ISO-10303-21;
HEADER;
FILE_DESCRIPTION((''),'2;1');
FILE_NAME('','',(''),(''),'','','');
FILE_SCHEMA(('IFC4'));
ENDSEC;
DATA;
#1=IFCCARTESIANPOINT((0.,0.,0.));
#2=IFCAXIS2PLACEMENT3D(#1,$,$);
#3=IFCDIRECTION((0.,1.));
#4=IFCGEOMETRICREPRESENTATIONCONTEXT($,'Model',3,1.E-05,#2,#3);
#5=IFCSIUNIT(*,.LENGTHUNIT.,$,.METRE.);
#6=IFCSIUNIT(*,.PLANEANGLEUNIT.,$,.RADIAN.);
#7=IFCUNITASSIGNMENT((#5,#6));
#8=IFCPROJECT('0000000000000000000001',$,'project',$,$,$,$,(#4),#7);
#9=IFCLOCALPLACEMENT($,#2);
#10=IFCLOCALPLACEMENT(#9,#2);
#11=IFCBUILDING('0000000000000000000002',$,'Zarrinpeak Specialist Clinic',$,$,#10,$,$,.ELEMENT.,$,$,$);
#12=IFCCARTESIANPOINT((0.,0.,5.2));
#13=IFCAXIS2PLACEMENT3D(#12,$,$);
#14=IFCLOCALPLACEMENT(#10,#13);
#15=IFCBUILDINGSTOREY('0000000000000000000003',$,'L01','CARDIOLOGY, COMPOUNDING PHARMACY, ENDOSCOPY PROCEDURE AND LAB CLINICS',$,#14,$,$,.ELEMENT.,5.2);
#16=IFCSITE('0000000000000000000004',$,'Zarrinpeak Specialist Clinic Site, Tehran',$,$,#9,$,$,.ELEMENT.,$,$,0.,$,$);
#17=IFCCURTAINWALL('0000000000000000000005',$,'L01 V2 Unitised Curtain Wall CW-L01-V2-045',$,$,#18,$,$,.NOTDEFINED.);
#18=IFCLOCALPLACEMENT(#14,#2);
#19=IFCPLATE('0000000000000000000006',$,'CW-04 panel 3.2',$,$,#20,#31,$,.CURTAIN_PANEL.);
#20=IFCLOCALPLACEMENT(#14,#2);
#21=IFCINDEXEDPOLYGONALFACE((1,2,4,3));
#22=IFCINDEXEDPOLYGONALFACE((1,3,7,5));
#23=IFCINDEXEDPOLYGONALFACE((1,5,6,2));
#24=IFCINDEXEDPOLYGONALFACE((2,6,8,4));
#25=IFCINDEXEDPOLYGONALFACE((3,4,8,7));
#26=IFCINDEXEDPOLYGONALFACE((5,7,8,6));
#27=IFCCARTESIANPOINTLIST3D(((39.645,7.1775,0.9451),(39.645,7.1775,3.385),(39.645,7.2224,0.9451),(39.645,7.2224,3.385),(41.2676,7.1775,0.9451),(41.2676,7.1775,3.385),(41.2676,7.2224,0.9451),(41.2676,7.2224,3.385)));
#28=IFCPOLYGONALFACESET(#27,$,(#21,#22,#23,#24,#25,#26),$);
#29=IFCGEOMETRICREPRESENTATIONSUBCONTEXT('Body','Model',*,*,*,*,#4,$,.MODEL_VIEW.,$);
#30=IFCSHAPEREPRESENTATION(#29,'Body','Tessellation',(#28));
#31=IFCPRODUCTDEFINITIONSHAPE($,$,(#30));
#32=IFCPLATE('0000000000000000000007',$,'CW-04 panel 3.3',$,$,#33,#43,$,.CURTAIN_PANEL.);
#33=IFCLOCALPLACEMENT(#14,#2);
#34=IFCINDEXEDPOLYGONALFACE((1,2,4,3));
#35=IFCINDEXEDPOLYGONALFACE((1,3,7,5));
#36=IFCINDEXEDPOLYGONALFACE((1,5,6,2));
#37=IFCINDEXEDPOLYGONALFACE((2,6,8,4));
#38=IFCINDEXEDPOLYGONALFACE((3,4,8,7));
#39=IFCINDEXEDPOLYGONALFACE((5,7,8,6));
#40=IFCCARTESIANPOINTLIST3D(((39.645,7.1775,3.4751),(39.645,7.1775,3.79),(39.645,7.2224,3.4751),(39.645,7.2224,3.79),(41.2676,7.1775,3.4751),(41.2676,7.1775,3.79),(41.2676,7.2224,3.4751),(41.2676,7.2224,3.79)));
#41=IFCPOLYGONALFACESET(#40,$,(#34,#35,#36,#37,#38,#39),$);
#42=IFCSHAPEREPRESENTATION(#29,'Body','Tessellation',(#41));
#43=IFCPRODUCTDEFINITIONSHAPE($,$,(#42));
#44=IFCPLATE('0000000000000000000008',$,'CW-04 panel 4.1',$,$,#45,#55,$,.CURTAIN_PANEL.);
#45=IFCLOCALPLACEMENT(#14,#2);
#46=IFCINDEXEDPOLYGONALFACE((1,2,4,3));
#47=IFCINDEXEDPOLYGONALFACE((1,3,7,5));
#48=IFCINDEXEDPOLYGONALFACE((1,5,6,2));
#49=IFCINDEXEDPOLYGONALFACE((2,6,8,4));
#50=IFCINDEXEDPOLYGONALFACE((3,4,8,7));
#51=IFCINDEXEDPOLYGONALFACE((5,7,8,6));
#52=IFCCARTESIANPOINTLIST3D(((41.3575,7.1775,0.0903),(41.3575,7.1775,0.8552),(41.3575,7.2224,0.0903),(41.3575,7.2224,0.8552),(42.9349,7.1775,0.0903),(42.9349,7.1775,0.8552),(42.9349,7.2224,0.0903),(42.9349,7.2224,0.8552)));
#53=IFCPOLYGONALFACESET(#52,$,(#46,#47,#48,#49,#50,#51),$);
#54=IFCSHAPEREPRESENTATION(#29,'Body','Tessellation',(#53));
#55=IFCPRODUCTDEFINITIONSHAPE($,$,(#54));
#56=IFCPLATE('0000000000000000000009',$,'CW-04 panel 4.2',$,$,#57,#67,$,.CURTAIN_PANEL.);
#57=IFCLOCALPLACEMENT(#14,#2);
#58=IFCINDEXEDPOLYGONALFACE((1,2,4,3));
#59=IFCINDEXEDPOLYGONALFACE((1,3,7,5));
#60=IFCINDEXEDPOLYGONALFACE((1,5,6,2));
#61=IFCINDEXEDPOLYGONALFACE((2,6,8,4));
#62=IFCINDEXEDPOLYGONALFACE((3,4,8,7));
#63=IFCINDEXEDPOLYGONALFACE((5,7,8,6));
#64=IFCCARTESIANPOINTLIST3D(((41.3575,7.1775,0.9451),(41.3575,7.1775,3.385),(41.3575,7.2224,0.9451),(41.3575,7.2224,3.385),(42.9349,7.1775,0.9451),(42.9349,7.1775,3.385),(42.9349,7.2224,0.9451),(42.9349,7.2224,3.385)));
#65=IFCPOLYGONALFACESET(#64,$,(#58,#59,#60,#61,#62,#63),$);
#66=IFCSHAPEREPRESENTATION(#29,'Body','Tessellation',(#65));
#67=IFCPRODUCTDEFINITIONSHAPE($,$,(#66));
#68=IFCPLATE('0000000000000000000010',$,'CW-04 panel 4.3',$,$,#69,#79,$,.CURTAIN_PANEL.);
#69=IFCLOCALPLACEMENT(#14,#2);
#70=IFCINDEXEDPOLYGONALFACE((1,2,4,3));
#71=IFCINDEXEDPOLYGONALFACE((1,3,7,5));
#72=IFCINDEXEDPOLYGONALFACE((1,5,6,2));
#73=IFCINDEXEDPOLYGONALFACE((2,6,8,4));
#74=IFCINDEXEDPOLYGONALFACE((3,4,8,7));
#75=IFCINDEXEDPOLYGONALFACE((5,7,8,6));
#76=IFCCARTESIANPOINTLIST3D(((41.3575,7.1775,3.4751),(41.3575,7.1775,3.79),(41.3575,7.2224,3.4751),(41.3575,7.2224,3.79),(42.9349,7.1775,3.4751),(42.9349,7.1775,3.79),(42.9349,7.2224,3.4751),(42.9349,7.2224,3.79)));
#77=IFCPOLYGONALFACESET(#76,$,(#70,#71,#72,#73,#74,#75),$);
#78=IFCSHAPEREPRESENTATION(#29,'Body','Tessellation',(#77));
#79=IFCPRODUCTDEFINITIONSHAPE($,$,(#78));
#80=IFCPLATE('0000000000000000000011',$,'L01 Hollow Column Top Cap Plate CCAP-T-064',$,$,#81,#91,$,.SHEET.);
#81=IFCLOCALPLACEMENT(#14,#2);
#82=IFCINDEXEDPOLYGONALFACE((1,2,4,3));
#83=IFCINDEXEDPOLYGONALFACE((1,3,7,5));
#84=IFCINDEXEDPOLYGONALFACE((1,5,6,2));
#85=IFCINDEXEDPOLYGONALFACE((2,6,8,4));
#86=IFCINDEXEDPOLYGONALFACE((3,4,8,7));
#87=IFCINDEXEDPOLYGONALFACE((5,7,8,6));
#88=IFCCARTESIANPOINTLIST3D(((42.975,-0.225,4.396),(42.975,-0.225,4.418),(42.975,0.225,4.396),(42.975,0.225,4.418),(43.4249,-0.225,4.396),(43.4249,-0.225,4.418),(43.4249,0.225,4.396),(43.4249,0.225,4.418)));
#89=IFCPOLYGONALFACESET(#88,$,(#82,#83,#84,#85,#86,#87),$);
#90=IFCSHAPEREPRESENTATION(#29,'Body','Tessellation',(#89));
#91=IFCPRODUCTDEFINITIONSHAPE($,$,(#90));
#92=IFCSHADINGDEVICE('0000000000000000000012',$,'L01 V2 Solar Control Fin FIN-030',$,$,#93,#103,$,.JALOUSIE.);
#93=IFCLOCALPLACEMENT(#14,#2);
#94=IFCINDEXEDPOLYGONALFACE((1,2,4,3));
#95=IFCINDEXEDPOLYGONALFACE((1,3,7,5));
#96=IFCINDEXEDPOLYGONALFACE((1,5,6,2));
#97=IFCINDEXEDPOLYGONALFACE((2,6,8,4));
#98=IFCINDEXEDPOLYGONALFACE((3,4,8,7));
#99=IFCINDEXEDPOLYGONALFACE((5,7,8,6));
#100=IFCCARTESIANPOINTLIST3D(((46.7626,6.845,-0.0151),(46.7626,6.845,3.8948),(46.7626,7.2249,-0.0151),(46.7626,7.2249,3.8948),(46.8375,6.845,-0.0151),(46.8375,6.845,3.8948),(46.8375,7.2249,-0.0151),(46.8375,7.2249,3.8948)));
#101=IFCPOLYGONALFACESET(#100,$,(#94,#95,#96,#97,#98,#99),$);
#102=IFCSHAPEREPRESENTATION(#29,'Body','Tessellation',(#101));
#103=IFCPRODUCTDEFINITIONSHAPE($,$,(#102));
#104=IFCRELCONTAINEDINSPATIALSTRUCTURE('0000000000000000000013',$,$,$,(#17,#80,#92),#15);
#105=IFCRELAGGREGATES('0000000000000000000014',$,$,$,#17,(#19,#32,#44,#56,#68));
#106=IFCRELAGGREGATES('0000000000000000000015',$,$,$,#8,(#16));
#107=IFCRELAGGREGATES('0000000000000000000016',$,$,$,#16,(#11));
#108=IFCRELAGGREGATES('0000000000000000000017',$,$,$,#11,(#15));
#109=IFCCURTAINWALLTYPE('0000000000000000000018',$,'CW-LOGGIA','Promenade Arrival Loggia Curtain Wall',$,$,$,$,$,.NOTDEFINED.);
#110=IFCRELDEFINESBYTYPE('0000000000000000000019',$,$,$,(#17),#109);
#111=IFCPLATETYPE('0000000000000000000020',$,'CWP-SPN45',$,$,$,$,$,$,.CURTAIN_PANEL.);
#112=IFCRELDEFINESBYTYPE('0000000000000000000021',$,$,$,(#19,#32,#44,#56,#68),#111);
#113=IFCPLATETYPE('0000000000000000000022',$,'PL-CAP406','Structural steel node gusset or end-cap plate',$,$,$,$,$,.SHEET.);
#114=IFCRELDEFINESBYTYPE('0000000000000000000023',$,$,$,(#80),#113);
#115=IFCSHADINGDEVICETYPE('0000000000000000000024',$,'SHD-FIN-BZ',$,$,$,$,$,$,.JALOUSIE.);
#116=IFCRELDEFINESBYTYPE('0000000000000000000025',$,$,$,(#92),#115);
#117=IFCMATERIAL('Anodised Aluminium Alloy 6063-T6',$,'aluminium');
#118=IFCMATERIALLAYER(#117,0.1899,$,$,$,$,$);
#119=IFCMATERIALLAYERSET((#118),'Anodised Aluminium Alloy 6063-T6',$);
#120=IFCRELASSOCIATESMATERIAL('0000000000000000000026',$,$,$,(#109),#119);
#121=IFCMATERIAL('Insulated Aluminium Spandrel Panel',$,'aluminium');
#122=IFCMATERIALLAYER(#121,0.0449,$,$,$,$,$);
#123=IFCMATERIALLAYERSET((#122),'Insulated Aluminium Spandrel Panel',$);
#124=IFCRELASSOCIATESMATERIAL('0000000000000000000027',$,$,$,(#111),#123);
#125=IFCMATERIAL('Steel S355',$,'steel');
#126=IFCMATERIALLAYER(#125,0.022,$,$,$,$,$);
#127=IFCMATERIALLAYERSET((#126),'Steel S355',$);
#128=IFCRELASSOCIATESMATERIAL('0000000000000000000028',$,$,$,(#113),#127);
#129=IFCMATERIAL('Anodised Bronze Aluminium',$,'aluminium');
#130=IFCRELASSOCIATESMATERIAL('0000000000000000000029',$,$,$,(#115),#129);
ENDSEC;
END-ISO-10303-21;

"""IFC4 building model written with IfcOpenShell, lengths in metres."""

from ifc_helpers import new_model, si_unit, direction, frame, origin, origin_2d, place, context, subcontext, project, spatial, rectangle, extrude, material, layer, layer_set, type_object, element, aggregate, save


model = new_model("IFC4")

# Units and contexts
model_context = context("Model", 3, precision=1e-05, world=origin(), true_north=direction((0.0, 1.0)))
body_context = subcontext(model_context, "Body", "Model", "MODEL_VIEW")
ifc_project = project(units=[si_unit("LENGTHUNIT", "METRE"), si_unit("PLANEANGLEUNIT", "RADIAN")], contexts=[model_context])

# Site, building, storey
site_placement = place(None, origin())
site = spatial("IfcSite", under=ifc_project, at=site_placement, Name="Zarrinpeak Specialist Clinic Site, Tehran", CompositionType="ELEMENT", RefElevation=0.0)
building_placement = place(site_placement, origin())
building = spatial("IfcBuilding", under=site, at=building_placement, Name="Zarrinpeak Specialist Clinic", CompositionType="ELEMENT")
storey_placement = place(building_placement, frame((0.0, 0.0, 5.2)))
storey = spatial("IfcBuildingStorey", under=building, at=storey_placement, Name="L01", Description="CARDIOLOGY, COMPOUNDING PHARMACY, ENDOSCOPY PROCEDURE AND LAB CLINICS", CompositionType="ELEMENT", Elevation=5.2)

# Shared definitions
ifc_material_1 = material(Name="Steel S355", Category="steel")

# Curtain wall
ifc_material_2 = material(Name="Anodised Aluminium Alloy 6063-T6", Category="aluminium")
ifc_layer_1 = layer(ifc_material_2, 0.1899)
ifc_layer_set_1 = layer_set([ifc_layer_1], Name="Anodised Aluminium Alloy 6063-T6")
curtain_wall_type = type_object("IfcCurtainWallType", Name="CW-LOGGIA", Description="Promenade Arrival Loggia Curtain Wall", PredefinedType="NOTDEFINED", material=ifc_layer_set_1)
curtain_wall_1_placement = place(storey_placement, origin())
curtain_wall_1 = element("IfcCurtainWall", 1, at=curtain_wall_1_placement, inside=storey, type_object=curtain_wall_type, Name="L01 V2 Unitised Curtain Wall CW-L01-V2-045", PredefinedType="NOTDEFINED")

# Plates
ifc_material_3 = material(Name="Insulated Aluminium Spandrel Panel", Category="aluminium")
ifc_layer_2 = layer(ifc_material_3, 0.0449)
ifc_layer_set_2 = layer_set([ifc_layer_2], Name="Insulated Aluminium Spandrel Panel")
plate_type_1 = type_object("IfcPlateType", Name="CWP-SPN45", PredefinedType="CURTAIN_PANEL", material=ifc_layer_set_2)
plate_1_placement = place(storey_placement, frame((40.4563, 7.2, 0.9451), z_axis=(0.0, 0.0, 1.0), x_axis=(1.0, 0.0, 0.0)))
plate_1 = element("IfcPlate", 2, at=plate_1_placement, type_object=plate_type_1, Name="CW-04 panel 3.2", PredefinedType="CURTAIN_PANEL", context=body_context, shape_type="SweptSolid", body=[
    extrude(rectangle(XDim=1.6226, YDim=0.0449, at=origin_2d()), origin(), (0.0, 0.0, 1.0), 2.4399),
])
plate_2_placement = place(storey_placement, frame((40.4563, 7.2, 3.4751), z_axis=(0.0, 0.0, 1.0), x_axis=(1.0, 0.0, 0.0)))
plate_2 = element("IfcPlate", 3, at=plate_2_placement, type_object=plate_type_1, Name="CW-04 panel 3.3", PredefinedType="CURTAIN_PANEL", context=body_context, shape_type="SweptSolid", body=[
    extrude(rectangle(XDim=1.6226, YDim=0.0449, at=origin_2d()), origin(), (0.0, 0.0, 1.0), 0.3149),
])
plate_3_placement = place(storey_placement, frame((42.1462, 7.2, 0.0903), z_axis=(0.0, 0.0, 1.0), x_axis=(1.0, 0.0, 0.0)))
plate_3 = element("IfcPlate", 4, at=plate_3_placement, type_object=plate_type_1, Name="CW-04 panel 4.1", PredefinedType="CURTAIN_PANEL", context=body_context, shape_type="SweptSolid", body=[
    extrude(rectangle(XDim=1.5774, YDim=0.0449, at=origin_2d()), origin(), (0.0, 0.0, 1.0), 0.7649),
])
plate_4_placement = place(storey_placement, frame((42.1462, 7.2, 0.9451), z_axis=(0.0, 0.0, 1.0), x_axis=(1.0, 0.0, 0.0)))
plate_4 = element("IfcPlate", 5, at=plate_4_placement, type_object=plate_type_1, Name="CW-04 panel 4.2", PredefinedType="CURTAIN_PANEL", context=body_context, shape_type="SweptSolid", body=[
    extrude(rectangle(XDim=1.5774, YDim=0.0449, at=origin_2d()), origin(), (0.0, 0.0, 1.0), 2.4399),
])
plate_5_placement = place(storey_placement, frame((42.1462, 7.2, 3.4751), z_axis=(0.0, 0.0, 1.0), x_axis=(1.0, 0.0, 0.0)))
plate_5 = element("IfcPlate", 6, at=plate_5_placement, type_object=plate_type_1, Name="CW-04 panel 4.3", PredefinedType="CURTAIN_PANEL", context=body_context, shape_type="SweptSolid", body=[
    extrude(rectangle(XDim=1.5774, YDim=0.0449, at=origin_2d()), origin(), (0.0, 0.0, 1.0), 0.3149),
])
aggregate(curtain_wall_1, [plate_1, plate_2, plate_3, plate_4, plate_5])
ifc_layer_3 = layer(ifc_material_1, 0.022)
ifc_layer_set_3 = layer_set([ifc_layer_3], Name="Steel S355")
plate_type_2 = type_object("IfcPlateType", Name="PL-CAP406", Description="Structural steel node gusset or end-cap plate", PredefinedType="SHEET", material=ifc_layer_set_3)
plate_6_placement = place(storey_placement, frame((43.2, 0.0, 4.396), z_axis=(0.0, 0.0, 1.0), x_axis=(1.0, 0.0, 0.0)))
element("IfcPlate", 7, at=plate_6_placement, inside=storey, type_object=plate_type_2, Name="L01 Hollow Column Top Cap Plate CCAP-T-064", PredefinedType="SHEET", context=body_context, shape_type="SweptSolid", body=[
    extrude(rectangle(XDim=0.45, YDim=0.45, at=origin_2d()), origin(), (0.0, 0.0, 1.0), 0.022),
])

# Shading device
ifc_material_4 = material(Name="Anodised Bronze Aluminium", Category="aluminium")
shading_device_type = type_object("IfcShadingDeviceType", Name="SHD-FIN-BZ", PredefinedType="JALOUSIE", material=ifc_material_4)
shading_device_placement = place(storey_placement, frame((46.8, 7.0349, -0.0151), z_axis=(0.0, 0.0, 1.0), x_axis=(1.0, 0.0, 0.0)))
element("IfcShadingDevice", 8, at=shading_device_placement, inside=storey, type_object=shading_device_type, Name="L01 V2 Solar Control Fin FIN-030", PredefinedType="JALOUSIE", context=body_context, shape_type="SweptSolid", body=[
    extrude(rectangle(XDim=0.075, YDim=0.3799, at=origin_2d()), origin(), (0.0, 0.0, 1.0), 3.9099),
])

save(model, "model.ifc")
